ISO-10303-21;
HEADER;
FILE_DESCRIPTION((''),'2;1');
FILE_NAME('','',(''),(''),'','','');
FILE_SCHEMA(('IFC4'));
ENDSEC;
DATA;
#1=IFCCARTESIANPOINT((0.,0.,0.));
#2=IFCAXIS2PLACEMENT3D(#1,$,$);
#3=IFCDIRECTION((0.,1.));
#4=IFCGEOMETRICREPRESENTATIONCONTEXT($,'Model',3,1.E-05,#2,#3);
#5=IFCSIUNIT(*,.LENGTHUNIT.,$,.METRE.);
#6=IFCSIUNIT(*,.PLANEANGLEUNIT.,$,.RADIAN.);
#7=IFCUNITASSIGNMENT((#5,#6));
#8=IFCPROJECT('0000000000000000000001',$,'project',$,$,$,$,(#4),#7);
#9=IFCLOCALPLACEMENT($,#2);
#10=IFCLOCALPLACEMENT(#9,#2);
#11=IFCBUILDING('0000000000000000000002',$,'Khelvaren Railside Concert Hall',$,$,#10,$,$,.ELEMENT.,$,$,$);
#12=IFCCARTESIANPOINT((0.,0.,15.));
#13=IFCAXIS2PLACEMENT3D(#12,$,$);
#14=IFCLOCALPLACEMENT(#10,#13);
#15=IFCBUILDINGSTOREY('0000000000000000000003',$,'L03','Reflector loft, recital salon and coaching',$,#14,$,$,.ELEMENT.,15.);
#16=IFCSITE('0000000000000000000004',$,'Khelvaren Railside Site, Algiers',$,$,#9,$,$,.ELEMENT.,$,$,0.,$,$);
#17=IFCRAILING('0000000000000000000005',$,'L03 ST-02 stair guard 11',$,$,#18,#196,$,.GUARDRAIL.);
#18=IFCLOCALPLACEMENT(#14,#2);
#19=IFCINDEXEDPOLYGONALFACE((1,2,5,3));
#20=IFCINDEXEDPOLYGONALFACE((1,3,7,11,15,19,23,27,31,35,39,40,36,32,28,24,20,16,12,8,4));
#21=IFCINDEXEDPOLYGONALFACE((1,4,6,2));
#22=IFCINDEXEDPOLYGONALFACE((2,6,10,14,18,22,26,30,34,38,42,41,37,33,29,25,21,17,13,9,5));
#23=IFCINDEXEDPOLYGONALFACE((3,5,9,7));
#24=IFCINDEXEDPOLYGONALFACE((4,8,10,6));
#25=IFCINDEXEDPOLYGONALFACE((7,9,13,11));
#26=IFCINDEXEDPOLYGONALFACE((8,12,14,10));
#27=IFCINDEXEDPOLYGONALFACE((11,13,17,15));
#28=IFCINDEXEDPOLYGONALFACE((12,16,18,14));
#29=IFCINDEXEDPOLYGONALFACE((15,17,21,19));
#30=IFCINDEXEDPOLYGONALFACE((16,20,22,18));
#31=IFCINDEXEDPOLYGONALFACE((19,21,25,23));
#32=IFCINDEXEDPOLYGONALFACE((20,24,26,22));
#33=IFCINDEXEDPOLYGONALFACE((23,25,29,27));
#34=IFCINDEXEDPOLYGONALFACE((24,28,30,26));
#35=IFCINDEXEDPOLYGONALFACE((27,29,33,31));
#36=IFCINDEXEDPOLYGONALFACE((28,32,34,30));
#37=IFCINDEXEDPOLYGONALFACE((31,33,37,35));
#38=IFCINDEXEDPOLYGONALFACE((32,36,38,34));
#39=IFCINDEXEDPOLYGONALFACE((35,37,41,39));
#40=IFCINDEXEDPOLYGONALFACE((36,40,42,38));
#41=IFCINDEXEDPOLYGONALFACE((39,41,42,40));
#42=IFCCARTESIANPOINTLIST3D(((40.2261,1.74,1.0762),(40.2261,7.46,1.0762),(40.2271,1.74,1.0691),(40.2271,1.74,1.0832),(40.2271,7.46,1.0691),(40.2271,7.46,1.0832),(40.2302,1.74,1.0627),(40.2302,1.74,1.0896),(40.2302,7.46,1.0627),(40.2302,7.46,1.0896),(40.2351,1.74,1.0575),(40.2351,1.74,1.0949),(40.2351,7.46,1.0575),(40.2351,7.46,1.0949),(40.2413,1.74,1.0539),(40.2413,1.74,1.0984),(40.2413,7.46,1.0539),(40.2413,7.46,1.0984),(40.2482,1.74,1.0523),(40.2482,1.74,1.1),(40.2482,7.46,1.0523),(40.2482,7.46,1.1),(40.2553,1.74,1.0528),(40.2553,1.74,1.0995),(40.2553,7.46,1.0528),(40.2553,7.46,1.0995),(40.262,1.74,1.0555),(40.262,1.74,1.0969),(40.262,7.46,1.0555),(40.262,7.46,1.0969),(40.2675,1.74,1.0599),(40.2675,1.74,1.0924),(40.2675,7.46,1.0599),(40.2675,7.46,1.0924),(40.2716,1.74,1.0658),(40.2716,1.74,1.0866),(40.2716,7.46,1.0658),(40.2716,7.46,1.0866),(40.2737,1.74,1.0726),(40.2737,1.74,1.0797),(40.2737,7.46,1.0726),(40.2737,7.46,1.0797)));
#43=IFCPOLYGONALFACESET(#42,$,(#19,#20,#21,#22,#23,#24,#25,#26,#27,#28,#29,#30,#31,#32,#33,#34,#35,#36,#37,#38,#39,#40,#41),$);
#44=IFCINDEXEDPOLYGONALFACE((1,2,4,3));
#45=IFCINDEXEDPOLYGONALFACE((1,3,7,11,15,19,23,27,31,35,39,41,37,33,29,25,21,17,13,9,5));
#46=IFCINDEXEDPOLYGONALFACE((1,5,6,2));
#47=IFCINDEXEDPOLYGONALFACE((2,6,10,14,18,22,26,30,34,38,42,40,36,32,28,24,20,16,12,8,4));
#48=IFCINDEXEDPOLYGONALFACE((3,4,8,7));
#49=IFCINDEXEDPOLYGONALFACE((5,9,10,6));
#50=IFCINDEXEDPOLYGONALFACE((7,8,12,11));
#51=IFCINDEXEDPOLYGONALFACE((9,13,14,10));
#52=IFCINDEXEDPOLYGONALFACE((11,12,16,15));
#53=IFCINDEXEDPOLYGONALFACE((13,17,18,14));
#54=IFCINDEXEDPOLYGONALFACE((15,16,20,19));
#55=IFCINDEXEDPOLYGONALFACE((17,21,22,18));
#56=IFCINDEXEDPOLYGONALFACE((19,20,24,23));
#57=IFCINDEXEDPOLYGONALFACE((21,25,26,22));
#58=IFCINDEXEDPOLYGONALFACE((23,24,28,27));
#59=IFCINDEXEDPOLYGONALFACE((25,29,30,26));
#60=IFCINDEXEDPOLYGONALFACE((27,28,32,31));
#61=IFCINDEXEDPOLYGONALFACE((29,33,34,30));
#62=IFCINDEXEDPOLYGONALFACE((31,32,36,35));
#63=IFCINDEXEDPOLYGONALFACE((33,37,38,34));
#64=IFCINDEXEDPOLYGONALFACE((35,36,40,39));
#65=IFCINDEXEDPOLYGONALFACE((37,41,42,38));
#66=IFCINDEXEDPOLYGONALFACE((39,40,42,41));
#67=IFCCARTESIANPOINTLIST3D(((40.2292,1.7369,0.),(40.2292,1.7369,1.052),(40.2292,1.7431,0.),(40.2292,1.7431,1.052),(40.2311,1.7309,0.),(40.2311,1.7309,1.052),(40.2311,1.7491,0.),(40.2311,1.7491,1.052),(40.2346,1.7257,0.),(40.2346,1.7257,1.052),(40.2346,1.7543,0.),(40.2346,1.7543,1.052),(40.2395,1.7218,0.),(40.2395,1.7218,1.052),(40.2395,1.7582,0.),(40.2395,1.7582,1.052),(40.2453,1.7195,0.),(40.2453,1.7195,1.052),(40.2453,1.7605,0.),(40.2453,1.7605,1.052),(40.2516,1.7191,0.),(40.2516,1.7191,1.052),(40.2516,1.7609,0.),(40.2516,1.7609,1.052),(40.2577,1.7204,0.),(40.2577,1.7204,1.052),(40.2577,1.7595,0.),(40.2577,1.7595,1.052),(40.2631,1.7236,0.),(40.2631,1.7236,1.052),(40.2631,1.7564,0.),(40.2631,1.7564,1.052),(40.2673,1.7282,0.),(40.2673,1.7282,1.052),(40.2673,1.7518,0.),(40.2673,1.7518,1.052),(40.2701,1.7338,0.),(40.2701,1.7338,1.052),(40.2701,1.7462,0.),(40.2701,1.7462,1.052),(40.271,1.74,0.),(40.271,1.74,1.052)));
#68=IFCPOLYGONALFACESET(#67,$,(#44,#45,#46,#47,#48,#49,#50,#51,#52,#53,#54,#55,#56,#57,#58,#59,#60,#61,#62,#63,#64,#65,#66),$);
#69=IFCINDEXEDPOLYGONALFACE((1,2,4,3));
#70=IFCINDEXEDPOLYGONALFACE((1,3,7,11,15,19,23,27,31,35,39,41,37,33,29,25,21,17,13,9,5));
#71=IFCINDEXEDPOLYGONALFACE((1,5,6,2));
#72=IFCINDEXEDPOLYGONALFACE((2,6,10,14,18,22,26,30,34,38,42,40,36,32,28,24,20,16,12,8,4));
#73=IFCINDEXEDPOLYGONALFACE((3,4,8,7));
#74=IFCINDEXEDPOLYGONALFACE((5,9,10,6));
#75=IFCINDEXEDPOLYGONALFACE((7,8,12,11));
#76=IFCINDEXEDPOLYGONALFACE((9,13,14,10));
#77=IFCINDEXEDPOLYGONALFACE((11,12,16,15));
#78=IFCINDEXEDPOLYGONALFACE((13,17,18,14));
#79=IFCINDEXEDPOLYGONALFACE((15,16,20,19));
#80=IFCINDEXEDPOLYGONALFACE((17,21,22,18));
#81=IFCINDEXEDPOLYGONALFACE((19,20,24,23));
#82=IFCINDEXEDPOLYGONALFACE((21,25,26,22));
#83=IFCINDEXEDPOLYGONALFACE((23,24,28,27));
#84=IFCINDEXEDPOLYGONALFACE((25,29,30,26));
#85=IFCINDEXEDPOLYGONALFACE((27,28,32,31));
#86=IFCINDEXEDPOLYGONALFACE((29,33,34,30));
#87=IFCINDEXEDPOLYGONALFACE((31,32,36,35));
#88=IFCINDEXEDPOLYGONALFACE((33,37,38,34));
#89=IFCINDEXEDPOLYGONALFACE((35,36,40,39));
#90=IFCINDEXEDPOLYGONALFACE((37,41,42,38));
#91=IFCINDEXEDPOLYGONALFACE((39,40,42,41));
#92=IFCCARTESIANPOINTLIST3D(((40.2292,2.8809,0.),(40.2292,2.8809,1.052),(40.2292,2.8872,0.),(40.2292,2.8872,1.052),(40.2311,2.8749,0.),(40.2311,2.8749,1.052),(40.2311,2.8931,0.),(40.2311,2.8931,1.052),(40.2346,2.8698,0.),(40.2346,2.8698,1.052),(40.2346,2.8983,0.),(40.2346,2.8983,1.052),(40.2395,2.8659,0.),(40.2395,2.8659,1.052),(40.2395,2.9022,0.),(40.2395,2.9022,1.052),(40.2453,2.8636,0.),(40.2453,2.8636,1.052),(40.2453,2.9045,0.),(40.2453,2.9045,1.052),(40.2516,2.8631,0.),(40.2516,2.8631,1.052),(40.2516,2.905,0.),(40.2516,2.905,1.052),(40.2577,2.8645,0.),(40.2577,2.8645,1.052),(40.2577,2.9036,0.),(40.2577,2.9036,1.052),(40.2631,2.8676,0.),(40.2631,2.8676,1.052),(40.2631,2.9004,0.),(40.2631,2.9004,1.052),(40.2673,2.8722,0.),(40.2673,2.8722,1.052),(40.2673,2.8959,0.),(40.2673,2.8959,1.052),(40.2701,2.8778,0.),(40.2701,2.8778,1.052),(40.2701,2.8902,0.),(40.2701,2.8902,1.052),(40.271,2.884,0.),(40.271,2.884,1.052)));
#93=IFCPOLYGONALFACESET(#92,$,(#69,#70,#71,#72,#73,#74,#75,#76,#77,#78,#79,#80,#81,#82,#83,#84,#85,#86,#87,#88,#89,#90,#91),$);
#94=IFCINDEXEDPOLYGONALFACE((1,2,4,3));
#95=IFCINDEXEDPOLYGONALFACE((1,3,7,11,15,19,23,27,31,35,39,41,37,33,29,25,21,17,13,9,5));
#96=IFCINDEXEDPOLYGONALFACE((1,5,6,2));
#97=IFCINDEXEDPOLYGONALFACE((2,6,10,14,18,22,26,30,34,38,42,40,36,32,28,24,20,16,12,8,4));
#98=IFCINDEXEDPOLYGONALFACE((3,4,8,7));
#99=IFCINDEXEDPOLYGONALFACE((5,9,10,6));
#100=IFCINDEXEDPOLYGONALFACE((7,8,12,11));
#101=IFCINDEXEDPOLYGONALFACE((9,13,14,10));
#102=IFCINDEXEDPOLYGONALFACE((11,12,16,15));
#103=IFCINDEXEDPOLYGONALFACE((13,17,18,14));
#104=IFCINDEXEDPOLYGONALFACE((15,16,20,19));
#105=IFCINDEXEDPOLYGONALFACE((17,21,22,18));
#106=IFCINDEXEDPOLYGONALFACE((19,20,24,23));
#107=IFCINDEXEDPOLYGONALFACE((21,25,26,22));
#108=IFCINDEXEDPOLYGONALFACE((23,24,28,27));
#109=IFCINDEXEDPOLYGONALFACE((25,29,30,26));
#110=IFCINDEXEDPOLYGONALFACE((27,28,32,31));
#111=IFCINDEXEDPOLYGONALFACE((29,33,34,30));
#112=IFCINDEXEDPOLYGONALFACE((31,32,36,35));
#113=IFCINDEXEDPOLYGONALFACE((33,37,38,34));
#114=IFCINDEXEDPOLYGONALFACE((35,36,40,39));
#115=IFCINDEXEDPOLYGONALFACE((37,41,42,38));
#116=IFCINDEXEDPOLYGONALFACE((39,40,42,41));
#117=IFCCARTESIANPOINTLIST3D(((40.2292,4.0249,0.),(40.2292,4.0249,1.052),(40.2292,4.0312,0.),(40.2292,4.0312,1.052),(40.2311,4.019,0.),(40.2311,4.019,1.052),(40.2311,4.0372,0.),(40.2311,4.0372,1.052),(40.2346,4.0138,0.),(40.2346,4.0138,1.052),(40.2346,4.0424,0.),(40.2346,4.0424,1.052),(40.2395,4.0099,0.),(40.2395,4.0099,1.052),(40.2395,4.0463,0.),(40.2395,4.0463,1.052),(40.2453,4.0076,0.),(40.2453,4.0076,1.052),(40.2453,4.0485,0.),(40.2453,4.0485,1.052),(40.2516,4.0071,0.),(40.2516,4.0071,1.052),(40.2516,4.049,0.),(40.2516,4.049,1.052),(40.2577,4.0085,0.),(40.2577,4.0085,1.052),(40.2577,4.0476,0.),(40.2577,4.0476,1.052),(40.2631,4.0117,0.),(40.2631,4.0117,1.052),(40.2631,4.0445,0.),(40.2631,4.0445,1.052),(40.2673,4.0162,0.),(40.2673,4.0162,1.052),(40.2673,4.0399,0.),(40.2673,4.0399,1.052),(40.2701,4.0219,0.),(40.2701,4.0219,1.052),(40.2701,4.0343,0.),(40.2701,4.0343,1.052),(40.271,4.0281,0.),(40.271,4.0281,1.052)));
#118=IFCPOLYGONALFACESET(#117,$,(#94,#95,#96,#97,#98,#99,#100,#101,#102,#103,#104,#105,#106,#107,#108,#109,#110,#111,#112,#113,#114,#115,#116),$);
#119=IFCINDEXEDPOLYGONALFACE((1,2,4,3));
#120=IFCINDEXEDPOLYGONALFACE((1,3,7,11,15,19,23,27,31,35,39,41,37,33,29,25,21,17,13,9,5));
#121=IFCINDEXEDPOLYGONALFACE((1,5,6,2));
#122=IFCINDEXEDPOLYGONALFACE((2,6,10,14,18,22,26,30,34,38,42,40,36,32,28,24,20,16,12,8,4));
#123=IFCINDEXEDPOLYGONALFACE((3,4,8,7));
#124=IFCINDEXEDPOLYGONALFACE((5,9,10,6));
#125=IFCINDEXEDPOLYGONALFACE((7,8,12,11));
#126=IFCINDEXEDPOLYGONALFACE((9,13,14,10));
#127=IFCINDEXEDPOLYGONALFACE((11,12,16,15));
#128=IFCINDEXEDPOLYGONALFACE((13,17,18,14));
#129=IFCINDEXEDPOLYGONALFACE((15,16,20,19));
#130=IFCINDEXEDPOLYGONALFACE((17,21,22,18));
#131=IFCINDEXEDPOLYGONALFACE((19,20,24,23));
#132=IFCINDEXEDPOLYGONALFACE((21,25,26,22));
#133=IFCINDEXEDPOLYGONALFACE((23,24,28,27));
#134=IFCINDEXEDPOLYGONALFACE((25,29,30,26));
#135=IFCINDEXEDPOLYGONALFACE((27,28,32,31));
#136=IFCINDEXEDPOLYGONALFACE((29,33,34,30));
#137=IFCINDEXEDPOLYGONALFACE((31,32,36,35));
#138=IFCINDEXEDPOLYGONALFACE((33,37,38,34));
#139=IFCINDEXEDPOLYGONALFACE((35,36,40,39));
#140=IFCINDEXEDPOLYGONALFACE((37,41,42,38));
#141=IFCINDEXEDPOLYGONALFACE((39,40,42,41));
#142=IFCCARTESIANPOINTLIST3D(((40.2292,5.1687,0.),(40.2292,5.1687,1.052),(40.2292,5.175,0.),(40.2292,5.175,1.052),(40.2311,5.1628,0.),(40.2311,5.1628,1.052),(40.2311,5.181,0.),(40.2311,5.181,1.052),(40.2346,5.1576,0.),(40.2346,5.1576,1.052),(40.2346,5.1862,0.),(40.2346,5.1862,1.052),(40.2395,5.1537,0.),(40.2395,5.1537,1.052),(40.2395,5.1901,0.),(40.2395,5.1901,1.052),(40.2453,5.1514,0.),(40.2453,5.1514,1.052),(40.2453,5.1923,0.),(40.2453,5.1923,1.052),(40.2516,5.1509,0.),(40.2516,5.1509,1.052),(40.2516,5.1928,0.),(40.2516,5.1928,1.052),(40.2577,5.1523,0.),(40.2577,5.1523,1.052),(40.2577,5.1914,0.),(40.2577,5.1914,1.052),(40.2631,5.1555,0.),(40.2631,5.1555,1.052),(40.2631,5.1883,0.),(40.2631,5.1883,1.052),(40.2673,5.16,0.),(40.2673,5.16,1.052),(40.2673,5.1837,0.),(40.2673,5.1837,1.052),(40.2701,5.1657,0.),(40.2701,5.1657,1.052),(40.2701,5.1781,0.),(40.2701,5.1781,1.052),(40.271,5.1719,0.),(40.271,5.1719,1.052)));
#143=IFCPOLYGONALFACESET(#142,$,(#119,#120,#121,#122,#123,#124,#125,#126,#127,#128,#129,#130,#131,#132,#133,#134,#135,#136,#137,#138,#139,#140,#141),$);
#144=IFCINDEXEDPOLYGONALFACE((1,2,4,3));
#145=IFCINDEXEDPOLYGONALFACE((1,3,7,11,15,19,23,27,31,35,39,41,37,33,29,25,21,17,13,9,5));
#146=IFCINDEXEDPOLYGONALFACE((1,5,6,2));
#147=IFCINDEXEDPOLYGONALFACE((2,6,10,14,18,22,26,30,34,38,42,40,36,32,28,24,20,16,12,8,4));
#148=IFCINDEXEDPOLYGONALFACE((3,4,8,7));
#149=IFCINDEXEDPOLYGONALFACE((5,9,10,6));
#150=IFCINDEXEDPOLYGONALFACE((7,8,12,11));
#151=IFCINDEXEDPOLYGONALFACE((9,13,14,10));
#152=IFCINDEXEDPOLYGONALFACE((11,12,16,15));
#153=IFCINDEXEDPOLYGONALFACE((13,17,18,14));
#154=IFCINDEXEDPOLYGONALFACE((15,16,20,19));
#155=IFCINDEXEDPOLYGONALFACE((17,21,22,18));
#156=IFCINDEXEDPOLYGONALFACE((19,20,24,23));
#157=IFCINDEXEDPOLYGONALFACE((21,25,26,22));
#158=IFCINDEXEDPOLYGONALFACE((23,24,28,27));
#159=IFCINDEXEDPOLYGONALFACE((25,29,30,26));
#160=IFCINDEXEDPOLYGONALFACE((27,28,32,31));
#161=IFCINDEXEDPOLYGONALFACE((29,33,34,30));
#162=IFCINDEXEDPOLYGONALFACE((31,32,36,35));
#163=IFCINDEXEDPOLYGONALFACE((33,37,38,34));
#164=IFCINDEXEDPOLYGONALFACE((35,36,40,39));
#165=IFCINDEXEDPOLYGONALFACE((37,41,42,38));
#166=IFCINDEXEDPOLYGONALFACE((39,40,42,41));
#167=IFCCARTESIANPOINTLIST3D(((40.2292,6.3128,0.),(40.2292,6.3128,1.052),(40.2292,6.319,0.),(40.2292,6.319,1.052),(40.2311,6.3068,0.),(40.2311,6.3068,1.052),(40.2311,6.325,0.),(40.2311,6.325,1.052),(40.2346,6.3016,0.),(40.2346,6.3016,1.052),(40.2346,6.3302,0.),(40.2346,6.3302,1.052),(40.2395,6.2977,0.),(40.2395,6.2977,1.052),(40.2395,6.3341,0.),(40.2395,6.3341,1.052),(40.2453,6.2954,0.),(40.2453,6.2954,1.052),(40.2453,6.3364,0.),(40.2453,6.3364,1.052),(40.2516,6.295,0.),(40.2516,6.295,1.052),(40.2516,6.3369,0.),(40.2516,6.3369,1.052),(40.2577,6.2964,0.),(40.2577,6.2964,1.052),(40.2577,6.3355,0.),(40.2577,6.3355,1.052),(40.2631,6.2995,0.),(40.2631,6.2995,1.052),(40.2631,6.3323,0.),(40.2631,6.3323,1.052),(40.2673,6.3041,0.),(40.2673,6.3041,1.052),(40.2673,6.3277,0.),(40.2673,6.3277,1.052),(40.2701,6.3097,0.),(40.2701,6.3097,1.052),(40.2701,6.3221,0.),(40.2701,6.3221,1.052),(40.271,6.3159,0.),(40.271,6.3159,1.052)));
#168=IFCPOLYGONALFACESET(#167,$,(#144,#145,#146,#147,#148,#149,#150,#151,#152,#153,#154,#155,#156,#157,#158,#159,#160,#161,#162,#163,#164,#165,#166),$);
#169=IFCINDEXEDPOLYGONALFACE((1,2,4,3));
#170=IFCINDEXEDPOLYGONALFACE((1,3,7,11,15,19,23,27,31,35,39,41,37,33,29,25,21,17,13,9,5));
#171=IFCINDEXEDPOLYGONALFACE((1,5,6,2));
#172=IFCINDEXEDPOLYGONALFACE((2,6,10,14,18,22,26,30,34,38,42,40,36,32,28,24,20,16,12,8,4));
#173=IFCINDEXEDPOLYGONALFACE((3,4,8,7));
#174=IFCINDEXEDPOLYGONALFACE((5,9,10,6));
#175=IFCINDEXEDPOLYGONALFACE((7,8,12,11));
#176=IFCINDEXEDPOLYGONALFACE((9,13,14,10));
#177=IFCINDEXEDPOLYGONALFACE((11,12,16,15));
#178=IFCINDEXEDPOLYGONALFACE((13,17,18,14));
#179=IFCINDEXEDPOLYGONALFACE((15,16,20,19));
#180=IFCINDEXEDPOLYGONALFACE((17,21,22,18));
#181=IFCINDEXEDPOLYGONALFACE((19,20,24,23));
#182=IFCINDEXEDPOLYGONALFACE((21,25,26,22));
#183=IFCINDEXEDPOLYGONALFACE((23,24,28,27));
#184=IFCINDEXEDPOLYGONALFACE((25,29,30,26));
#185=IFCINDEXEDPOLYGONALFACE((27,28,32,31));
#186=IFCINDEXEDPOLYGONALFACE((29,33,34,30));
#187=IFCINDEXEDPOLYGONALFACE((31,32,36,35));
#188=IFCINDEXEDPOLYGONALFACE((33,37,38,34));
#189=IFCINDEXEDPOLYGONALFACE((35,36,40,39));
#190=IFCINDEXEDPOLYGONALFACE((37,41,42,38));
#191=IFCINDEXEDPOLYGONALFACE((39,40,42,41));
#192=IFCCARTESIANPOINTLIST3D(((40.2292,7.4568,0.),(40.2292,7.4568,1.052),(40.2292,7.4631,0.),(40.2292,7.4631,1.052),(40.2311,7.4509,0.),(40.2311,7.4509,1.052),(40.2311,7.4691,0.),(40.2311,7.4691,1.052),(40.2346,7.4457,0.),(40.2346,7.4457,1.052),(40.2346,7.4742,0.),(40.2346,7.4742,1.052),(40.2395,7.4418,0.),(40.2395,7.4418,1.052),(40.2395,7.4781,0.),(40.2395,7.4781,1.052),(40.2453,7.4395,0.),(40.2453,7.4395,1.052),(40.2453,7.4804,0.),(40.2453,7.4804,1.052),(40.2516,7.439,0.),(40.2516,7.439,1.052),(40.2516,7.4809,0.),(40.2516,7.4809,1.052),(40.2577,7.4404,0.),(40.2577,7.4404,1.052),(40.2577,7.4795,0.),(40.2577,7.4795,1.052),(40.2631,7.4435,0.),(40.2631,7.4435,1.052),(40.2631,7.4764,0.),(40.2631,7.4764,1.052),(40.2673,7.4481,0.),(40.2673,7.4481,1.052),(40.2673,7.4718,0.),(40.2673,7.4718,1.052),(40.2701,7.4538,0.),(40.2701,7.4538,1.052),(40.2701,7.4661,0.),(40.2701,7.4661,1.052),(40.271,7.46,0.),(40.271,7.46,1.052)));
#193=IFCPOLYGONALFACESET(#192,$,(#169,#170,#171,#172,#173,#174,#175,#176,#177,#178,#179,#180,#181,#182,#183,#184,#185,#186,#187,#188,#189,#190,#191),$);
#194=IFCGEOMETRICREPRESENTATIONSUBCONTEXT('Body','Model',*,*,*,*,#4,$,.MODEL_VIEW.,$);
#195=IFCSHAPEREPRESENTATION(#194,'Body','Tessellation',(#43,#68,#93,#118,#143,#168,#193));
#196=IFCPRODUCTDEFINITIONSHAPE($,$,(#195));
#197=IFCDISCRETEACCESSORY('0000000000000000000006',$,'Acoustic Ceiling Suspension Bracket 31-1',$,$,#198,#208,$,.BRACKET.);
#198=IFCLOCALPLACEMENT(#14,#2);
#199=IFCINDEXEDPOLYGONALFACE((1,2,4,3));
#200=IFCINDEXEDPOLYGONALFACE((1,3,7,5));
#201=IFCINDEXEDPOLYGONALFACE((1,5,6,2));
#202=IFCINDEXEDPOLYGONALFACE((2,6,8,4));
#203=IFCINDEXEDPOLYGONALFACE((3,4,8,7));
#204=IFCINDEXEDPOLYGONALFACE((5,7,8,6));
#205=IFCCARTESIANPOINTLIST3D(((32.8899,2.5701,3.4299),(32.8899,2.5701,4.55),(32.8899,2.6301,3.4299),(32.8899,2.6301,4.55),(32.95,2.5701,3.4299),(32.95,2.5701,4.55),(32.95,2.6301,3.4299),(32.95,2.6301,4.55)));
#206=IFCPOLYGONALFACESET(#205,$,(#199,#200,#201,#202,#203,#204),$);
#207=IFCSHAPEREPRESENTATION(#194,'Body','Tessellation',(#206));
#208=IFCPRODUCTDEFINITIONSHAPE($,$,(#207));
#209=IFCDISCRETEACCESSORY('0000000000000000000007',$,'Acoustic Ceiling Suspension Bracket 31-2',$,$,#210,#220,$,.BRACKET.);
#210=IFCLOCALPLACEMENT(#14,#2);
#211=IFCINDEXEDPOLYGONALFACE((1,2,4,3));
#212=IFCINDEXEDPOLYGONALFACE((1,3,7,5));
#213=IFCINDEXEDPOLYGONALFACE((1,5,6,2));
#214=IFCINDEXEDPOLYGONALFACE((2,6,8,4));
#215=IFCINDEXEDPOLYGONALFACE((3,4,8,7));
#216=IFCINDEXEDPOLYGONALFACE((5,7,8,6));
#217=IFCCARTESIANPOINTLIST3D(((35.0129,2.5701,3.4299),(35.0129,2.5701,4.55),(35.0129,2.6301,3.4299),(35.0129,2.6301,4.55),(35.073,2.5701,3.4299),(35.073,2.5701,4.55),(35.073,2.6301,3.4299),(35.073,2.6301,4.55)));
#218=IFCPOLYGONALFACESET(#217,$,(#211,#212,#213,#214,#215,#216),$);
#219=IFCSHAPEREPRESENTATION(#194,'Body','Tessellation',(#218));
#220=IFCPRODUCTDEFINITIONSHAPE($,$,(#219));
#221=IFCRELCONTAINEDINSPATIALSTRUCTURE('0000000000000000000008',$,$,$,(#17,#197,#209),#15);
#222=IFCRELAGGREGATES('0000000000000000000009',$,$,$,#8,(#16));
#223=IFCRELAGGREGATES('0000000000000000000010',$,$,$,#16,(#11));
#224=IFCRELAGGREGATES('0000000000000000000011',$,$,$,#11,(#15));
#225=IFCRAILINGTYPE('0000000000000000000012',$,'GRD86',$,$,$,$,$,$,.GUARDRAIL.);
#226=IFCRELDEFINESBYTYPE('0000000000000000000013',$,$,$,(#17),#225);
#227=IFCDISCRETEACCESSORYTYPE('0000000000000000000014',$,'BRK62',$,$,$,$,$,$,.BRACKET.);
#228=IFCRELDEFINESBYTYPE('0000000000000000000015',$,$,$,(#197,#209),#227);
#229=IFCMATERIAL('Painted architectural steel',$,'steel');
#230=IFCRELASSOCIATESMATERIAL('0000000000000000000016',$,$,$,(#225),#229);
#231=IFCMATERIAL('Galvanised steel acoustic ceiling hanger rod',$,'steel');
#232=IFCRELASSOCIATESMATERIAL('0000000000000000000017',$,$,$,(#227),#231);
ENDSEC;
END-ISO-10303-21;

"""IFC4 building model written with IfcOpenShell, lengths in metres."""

from ifc_helpers import new_model, si_unit, direction, frame, origin, origin_2d, place, context, subcontext, project, spatial, rectangle, circle, extrude, material, type_object, element, save


model = new_model("IFC4")

# Units and contexts
model_context = context("Model", 3, precision=1e-05, world=origin(), true_north=direction((0.0, 1.0)))
body_context = subcontext(model_context, "Body", "Model", "MODEL_VIEW")
ifc_project = project(units=[si_unit("LENGTHUNIT", "METRE"), si_unit("PLANEANGLEUNIT", "RADIAN")], contexts=[model_context])

# Site, building, storey
site_placement = place(None, origin())
site = spatial("IfcSite", under=ifc_project, at=site_placement, Name="Khelvaren Railside Site, Algiers", CompositionType="ELEMENT", RefElevation=0.0)
building_placement = place(site_placement, origin())
building = spatial("IfcBuilding", under=site, at=building_placement, Name="Khelvaren Railside Concert Hall", CompositionType="ELEMENT")
storey_placement = place(building_placement, frame((0.0, 0.0, 15.0)))
storey = spatial("IfcBuildingStorey", under=building, at=storey_placement, Name="L03", Description="Reflector loft, recital salon and coaching", CompositionType="ELEMENT", Elevation=15.0)

# Railing
ifc_material_1 = material(Name="Painted architectural steel", Category="steel")
railing_type_1 = type_object("IfcRailingType", Name="GRD86", PredefinedType="GUARDRAIL", material=ifc_material_1)
railing_1_placement = place(storey_placement, frame((40.25, 1.74, 0.0)))
element("IfcRailing", 1, at=railing_1_placement, inside=storey, type_object=railing_type_1, Name="L03 ST-02 stair guard 11", PredefinedType="GUARDRAIL", context=body_context, shape_type="SweptSolid", body=[
    extrude(circle(Radius=0.0239, at=origin_2d()), frame((0.0, 0.0, 1.0762), z_axis=(0.0, 1.0, 0.0), x_axis=(-1.0, 0.0, 0.0)), (0.0, 0.0, 1.0), 5.72),
    extrude(circle(Radius=0.021, at=origin_2d()), origin(), (0.0, 0.0, 1.0), 1.052),
    extrude(circle(Radius=0.021, at=origin_2d()), frame((0.0, 1.144, 0.0)), (0.0, 0.0, 1.0), 1.052),
    extrude(circle(Radius=0.021, at=origin_2d()), frame((0.0, 2.2881, 0.0)), (0.0, 0.0, 1.0), 1.052),
    extrude(circle(Radius=0.021, at=origin_2d()), frame((0.0, 3.4319, 0.0)), (0.0, 0.0, 1.0), 1.052),
    extrude(circle(Radius=0.021, at=origin_2d()), frame((0.0, 4.5759, 0.0)), (0.0, 0.0, 1.0), 1.052),
    extrude(circle(Radius=0.021, at=origin_2d()), frame((0.0, 5.72, 0.0)), (0.0, 0.0, 1.0), 1.052),
])

# Discrete accessories
ifc_material_2 = material(Name="Galvanised steel acoustic ceiling hanger rod", Category="steel")
discrete_accessory_type = type_object("IfcDiscreteAccessoryType", Name="BRK62", PredefinedType="BRACKET", material=ifc_material_2)
for number, where, z_axis, x_axis, name in (
    (2, (32.9199, 2.6001, 3.4299), (0.0, 0.0, 1.0), (1.0, 0.0, 0.0), "Acoustic Ceiling Suspension Bracket 31-1"),
    (3, (35.043, 2.6001, 3.4299), (0.0, 0.0, 1.0), (1.0, 0.0, 0.0), "Acoustic Ceiling Suspension Bracket 31-2"),
):
    element("IfcDiscreteAccessory", number, at=place(storey_placement, frame(where, z_axis=z_axis, x_axis=x_axis)), inside=storey, type_object=discrete_accessory_type, Name=name, PredefinedType="BRACKET", context=body_context, shape_type="SweptSolid", body=[
        extrude(rectangle(XDim=0.0601, YDim=0.0601, at=origin_2d()), origin(), (0.0, 0.0, 1.0), 1.1201),
    ])

save(model, "model.ifc")
